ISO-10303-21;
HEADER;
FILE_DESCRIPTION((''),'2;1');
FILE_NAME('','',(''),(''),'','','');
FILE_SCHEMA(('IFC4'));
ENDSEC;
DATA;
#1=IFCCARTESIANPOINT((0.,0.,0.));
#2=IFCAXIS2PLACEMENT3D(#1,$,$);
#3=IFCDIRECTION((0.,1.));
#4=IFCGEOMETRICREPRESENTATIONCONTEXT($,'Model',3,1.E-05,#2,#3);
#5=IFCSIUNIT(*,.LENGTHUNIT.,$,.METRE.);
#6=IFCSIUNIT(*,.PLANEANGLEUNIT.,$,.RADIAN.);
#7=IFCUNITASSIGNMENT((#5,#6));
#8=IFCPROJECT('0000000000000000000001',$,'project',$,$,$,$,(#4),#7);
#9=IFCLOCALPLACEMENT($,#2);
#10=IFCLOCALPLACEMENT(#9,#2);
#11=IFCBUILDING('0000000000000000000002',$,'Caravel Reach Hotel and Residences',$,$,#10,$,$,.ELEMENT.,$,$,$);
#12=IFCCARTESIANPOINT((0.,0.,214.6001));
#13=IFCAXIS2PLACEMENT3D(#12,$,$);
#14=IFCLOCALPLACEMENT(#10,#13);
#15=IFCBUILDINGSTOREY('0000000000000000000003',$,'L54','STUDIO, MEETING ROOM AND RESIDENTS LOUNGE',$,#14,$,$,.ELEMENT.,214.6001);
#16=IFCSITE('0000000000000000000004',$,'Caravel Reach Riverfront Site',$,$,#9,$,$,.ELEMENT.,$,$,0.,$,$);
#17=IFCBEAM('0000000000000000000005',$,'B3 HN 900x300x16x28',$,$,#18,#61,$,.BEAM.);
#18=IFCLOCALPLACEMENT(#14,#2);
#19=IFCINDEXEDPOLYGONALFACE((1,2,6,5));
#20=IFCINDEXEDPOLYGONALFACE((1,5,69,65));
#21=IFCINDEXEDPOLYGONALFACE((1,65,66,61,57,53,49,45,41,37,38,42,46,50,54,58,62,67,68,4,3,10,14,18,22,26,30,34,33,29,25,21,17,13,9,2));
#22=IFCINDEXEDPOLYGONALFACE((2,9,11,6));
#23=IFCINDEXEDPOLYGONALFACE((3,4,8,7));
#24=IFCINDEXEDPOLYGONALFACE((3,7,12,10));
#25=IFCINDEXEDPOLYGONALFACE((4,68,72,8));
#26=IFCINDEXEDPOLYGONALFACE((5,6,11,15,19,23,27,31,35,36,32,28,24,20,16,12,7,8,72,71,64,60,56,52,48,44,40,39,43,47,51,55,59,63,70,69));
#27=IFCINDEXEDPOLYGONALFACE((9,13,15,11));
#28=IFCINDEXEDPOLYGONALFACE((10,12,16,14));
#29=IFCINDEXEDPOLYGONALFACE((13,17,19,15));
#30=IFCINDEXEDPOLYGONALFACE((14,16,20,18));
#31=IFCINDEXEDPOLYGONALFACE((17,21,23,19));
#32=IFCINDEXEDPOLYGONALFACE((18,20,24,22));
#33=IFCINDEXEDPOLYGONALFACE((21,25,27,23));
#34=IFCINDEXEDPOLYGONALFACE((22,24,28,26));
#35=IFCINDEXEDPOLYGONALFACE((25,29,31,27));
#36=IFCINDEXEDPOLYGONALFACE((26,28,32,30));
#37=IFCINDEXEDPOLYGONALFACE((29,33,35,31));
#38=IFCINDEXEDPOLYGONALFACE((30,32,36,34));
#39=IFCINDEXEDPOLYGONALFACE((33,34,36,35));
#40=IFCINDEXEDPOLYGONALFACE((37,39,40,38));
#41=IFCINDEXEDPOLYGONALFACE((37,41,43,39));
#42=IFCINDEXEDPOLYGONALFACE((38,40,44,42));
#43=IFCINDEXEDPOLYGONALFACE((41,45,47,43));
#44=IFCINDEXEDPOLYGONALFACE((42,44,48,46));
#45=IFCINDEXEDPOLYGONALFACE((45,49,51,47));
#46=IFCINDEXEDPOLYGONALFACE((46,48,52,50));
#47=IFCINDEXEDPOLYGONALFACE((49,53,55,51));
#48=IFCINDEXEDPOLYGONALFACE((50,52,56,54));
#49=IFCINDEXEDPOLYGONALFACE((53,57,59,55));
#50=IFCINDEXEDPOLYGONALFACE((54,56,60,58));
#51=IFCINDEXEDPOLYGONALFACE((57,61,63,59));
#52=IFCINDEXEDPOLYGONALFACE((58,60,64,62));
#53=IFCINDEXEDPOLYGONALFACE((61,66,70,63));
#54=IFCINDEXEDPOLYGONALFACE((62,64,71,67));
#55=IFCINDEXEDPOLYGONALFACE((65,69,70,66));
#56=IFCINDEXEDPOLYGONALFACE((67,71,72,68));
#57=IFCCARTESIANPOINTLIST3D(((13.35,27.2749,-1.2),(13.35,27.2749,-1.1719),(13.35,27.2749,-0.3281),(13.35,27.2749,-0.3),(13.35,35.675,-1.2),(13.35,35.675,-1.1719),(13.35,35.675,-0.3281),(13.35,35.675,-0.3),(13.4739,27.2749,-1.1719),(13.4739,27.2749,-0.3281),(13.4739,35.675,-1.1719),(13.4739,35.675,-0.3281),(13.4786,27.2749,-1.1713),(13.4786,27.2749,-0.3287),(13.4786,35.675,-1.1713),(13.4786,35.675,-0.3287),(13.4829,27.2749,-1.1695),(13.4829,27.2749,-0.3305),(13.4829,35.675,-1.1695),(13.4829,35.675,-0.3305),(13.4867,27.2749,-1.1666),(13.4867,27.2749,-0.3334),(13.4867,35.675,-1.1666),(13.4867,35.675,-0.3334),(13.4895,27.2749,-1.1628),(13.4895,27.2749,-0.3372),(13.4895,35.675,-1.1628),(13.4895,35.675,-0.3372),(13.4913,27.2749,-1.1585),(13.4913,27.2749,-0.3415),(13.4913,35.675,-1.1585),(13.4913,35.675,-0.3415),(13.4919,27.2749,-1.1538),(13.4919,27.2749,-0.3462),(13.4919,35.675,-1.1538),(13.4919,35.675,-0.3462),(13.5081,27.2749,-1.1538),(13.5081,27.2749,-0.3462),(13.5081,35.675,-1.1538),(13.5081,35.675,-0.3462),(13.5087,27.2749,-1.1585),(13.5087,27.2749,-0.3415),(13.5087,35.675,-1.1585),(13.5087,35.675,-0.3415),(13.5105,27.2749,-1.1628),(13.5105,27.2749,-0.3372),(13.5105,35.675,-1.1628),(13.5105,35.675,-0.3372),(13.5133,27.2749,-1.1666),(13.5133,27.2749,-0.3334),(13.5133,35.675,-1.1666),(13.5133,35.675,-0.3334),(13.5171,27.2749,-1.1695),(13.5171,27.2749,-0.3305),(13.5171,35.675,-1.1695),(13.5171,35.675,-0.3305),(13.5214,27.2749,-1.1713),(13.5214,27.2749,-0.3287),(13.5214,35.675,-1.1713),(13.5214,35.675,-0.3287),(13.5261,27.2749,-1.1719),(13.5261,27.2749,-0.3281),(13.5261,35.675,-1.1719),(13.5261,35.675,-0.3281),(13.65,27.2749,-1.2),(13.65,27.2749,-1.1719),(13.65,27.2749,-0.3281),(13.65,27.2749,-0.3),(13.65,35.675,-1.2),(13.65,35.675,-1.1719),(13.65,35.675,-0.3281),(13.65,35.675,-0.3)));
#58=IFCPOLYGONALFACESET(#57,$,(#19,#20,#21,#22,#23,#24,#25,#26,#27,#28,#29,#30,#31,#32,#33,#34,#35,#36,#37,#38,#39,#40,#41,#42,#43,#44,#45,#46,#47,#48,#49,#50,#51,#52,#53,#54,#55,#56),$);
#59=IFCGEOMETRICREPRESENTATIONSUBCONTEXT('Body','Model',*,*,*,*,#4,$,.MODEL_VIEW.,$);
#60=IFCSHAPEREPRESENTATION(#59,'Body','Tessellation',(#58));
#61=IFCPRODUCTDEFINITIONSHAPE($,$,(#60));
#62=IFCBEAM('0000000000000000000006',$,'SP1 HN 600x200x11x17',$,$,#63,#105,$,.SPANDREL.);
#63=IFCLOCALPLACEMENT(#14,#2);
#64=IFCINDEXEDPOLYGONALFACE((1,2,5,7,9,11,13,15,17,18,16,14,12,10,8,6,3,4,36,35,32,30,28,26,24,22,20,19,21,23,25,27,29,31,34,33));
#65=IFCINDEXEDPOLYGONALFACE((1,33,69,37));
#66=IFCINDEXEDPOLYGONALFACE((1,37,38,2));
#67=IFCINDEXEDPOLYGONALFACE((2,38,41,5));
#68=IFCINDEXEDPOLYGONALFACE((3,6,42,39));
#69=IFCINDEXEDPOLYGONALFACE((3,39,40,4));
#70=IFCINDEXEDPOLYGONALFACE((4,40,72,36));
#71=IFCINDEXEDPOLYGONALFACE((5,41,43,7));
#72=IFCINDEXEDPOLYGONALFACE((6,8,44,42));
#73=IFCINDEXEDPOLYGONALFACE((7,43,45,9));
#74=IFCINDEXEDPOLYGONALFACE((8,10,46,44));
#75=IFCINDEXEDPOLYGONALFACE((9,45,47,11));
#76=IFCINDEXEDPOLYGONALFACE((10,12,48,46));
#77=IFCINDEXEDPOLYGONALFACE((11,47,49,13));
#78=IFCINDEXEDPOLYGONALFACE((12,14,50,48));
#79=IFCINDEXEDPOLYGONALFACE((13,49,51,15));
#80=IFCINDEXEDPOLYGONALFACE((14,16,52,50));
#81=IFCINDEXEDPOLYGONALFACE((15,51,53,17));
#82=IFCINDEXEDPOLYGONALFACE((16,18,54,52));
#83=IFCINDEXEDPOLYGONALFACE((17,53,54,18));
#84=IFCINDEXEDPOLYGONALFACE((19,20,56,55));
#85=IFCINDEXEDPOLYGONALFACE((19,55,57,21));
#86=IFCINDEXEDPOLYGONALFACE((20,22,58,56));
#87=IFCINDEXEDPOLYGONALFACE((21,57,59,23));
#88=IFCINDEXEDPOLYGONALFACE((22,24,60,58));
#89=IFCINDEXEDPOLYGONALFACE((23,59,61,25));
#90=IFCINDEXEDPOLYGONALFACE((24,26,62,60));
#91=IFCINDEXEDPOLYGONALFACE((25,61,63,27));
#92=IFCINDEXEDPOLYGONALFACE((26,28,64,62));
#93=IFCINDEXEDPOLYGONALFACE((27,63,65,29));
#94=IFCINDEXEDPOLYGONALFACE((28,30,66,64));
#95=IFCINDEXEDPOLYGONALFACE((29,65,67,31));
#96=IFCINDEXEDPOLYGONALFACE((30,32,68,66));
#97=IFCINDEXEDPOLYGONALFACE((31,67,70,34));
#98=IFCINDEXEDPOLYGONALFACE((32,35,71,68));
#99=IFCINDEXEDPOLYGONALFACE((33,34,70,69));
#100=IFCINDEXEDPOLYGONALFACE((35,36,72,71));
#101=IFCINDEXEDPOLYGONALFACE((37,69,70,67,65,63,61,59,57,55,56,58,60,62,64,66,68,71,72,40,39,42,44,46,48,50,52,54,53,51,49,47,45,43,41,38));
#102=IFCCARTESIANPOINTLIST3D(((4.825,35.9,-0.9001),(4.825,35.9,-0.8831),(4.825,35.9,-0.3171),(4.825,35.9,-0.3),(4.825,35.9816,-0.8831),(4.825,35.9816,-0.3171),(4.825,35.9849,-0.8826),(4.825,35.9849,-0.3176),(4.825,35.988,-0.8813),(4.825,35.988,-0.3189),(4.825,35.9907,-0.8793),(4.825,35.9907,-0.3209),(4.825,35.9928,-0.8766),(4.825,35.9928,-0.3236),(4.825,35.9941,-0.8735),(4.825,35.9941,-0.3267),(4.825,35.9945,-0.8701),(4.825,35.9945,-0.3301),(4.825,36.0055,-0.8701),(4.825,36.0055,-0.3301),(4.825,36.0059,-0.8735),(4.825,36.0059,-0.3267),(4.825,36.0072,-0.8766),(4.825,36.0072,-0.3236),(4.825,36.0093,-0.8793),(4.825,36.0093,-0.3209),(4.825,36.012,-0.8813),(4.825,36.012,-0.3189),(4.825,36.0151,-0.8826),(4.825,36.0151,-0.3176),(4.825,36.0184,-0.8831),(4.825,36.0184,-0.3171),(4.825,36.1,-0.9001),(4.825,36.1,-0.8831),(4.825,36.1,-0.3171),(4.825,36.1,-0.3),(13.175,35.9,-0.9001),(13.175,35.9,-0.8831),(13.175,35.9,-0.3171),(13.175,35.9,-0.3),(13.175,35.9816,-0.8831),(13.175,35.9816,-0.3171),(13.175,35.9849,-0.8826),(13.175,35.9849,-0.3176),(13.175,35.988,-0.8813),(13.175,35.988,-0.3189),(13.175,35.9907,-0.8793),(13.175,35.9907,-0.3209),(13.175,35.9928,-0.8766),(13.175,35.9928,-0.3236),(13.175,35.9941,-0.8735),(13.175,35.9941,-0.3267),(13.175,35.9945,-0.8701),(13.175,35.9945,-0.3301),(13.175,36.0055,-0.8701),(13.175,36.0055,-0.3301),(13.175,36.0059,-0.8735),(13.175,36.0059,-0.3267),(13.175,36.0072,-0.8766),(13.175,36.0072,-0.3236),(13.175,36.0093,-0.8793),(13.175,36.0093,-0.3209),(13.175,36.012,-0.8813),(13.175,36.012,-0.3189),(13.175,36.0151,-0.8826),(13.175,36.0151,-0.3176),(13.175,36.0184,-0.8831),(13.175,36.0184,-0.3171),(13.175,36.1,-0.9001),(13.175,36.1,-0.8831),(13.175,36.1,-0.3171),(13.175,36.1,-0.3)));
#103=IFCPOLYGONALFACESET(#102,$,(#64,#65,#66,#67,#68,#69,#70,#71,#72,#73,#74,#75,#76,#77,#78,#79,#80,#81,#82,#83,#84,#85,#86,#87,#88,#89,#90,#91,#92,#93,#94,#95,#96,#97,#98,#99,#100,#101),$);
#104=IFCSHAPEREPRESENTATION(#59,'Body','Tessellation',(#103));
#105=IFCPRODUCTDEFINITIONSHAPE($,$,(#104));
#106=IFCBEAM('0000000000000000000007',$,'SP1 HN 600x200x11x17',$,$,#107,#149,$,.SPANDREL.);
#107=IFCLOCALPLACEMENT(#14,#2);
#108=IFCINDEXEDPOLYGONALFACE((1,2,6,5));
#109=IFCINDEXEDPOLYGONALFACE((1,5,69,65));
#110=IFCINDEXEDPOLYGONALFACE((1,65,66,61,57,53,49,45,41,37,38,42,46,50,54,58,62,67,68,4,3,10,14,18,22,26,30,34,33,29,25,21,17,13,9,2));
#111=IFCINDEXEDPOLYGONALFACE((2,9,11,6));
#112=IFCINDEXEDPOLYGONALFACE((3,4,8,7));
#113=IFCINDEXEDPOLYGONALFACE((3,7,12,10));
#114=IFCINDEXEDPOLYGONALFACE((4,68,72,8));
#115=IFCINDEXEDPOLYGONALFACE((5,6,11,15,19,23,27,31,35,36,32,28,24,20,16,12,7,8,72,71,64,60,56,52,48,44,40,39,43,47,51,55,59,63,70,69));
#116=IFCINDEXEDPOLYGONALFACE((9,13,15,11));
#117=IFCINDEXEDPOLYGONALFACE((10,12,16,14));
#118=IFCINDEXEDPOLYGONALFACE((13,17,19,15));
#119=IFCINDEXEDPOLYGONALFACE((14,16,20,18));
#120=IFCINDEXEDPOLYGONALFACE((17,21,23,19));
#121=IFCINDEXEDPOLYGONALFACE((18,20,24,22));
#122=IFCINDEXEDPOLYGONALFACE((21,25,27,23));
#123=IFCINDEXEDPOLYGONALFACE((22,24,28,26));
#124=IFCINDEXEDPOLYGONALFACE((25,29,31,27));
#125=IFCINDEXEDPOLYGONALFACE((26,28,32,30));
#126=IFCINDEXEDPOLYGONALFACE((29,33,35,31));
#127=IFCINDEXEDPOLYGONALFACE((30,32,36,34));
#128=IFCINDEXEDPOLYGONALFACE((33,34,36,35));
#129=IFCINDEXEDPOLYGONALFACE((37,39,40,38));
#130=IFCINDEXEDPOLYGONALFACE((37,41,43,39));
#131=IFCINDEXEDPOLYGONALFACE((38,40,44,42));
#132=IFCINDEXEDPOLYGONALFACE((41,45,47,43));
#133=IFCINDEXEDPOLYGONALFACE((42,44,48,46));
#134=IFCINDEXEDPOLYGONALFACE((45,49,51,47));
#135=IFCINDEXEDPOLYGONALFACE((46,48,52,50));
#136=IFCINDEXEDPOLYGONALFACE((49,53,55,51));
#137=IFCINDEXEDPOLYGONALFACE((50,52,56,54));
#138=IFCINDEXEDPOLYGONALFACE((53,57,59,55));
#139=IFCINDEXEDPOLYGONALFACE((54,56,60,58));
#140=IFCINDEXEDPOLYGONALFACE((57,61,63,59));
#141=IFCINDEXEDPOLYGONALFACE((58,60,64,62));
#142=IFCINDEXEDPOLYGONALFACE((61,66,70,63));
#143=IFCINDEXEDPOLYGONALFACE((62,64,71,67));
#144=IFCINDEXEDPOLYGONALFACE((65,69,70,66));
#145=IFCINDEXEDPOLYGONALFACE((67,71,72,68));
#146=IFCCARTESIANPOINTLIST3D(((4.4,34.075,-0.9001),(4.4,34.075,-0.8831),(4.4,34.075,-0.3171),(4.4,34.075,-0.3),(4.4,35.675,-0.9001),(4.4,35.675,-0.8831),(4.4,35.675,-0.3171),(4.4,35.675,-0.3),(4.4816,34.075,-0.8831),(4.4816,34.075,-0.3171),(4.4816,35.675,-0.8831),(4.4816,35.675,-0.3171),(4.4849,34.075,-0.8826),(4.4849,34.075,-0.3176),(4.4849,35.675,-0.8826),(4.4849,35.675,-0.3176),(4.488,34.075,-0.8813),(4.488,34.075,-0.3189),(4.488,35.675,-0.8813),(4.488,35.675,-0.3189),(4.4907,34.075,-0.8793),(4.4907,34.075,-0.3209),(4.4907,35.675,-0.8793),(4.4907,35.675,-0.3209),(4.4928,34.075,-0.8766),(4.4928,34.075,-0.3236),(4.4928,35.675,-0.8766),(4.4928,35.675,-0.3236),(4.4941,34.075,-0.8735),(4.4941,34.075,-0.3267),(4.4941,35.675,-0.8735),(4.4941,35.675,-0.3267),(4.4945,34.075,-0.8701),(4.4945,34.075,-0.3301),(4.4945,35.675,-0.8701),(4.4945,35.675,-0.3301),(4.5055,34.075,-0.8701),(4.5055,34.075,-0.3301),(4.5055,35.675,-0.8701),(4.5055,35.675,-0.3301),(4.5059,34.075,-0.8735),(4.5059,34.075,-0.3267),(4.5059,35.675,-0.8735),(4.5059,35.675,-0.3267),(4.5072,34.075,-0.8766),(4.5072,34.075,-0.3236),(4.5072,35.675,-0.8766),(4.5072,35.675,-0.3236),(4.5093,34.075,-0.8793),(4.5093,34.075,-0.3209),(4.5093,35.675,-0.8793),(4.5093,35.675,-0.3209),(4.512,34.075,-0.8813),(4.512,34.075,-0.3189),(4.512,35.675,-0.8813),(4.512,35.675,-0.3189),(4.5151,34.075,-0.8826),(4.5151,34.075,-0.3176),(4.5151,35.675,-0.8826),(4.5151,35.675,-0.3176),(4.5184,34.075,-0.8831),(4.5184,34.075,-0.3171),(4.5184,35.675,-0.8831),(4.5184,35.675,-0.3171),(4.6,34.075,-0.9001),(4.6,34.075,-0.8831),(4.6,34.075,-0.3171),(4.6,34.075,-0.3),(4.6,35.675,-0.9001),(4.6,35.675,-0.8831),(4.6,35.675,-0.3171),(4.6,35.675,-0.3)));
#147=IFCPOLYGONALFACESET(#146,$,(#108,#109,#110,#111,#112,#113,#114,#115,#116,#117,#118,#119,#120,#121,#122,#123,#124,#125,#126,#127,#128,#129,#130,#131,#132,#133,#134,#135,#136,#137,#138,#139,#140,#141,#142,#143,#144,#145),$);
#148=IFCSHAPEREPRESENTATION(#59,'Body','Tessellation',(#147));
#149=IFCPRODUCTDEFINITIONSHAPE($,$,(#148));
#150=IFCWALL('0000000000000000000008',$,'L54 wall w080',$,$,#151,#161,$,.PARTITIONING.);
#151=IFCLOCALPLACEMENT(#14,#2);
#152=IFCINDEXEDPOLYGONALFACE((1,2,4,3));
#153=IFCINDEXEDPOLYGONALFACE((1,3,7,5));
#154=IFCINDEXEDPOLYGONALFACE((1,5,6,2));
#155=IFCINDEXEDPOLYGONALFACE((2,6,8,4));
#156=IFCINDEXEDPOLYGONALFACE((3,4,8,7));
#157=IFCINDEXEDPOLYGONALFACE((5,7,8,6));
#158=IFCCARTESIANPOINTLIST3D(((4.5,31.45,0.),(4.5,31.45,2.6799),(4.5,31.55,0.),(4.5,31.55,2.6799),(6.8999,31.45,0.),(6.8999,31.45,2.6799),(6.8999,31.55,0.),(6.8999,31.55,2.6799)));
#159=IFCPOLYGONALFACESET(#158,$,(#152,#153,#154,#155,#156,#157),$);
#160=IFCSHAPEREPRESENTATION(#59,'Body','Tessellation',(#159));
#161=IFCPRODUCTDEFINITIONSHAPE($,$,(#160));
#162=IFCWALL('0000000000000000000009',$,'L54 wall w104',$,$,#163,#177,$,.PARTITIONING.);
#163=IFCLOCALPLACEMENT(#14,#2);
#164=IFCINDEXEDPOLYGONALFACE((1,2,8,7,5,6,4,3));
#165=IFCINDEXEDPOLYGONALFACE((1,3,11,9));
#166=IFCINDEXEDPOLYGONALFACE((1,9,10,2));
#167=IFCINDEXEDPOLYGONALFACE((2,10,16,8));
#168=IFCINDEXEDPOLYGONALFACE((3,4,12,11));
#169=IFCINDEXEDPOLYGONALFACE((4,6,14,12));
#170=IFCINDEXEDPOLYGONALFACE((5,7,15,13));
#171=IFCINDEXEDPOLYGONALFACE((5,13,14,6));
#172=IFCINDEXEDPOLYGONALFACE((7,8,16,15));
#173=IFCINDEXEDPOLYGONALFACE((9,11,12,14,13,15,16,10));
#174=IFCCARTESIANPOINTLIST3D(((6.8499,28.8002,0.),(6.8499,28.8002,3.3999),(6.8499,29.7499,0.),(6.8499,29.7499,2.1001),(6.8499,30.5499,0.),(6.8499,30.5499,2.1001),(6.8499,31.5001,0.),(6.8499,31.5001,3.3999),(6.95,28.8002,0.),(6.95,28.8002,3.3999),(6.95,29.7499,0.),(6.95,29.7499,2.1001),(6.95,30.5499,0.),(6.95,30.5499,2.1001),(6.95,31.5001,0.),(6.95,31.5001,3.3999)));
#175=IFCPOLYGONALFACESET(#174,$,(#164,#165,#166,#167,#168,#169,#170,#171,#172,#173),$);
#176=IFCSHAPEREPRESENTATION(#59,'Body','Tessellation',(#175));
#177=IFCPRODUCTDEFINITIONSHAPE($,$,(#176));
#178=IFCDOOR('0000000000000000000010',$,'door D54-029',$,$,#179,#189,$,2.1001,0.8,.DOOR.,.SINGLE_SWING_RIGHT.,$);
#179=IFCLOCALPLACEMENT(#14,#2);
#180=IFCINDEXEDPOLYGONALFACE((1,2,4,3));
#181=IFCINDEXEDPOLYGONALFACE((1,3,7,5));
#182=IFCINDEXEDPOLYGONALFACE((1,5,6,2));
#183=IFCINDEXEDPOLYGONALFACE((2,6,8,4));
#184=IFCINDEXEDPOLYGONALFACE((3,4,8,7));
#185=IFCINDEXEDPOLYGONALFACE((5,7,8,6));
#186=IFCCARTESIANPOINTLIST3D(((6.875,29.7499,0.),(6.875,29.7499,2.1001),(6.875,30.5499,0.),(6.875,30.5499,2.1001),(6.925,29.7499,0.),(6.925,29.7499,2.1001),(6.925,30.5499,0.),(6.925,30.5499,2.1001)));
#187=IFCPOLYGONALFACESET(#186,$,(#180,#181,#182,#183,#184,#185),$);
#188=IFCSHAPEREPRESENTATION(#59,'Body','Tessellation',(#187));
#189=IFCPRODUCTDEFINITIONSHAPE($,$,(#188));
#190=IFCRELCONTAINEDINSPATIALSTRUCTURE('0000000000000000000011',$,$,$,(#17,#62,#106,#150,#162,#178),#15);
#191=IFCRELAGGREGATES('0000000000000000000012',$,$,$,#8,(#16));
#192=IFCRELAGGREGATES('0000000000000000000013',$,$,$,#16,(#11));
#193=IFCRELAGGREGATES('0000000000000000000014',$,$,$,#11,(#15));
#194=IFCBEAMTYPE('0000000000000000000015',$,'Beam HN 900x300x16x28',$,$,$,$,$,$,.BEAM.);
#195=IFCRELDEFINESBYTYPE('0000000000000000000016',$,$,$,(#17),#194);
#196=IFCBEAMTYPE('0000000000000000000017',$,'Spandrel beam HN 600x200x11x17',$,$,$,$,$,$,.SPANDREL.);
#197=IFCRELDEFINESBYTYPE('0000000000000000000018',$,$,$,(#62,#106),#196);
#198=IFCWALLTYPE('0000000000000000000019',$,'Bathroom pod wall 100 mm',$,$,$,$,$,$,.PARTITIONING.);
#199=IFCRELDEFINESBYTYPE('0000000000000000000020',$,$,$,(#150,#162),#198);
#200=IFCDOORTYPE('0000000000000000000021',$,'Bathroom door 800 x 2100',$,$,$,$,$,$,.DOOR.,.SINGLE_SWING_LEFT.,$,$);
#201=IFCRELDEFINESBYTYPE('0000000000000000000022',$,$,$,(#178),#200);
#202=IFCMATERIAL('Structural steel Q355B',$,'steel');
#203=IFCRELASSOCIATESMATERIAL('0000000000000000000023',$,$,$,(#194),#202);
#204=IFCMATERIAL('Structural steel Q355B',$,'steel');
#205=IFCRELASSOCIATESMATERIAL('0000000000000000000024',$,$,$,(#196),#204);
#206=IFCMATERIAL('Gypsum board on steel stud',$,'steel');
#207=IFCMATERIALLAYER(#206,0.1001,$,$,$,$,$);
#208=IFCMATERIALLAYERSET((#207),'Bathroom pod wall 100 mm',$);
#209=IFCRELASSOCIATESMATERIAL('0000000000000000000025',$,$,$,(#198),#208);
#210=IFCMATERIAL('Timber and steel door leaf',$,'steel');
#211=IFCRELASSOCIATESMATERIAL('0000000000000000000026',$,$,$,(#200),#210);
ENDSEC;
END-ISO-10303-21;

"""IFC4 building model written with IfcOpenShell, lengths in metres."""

from ifc_helpers import new_model, si_unit, direction, frame, frame_2d, origin, origin_2d, place, context, subcontext, project, spatial, rectangle, i_section, extrude, material, layer, layer_set, material_profile, profile_set, type_object, element, fill, save


model = new_model("IFC4")

# Units and contexts
model_context = context("Model", 3, precision=1e-05, world=origin(), true_north=direction((0.0, 1.0)))
body_context = subcontext(model_context, "Body", "Model", "MODEL_VIEW")
ifc_project = project(units=[si_unit("LENGTHUNIT", "METRE"), si_unit("PLANEANGLEUNIT", "RADIAN")], contexts=[model_context])

# Site, building, storey
site_placement = place(None, origin())
site = spatial("IfcSite", under=ifc_project, at=site_placement, Name="Caravel Reach Riverfront Site", CompositionType="ELEMENT", RefElevation=0.0)
building_placement = place(site_placement, origin())
building = spatial("IfcBuilding", under=site, at=building_placement, Name="Caravel Reach Hotel and Residences", CompositionType="ELEMENT")
storey_placement = place(building_placement, frame((0.0, 0.0, 214.6001)))
storey = spatial("IfcBuildingStorey", under=building, at=storey_placement, Name="L54", Description="STUDIO, MEETING ROOM AND RESIDENTS LOUNGE", CompositionType="ELEMENT", Elevation=214.6001)

# Beams
ifc_material_1 = material(Name="Structural steel Q355B", Category="steel")
ifc_material_profile_1 = material_profile(ifc_material_1, i_section(OverallWidth=0.3, OverallDepth=0.8999, WebThickness=0.0161, FlangeThickness=0.0281, FilletRadius=0.0181, at=origin_2d()), Name="HN 900x300x16x28")
ifc_profile_set_1 = profile_set([ifc_material_profile_1], Name="Structural steel Q355B")
beam_type_1 = type_object("IfcBeamType", Name="Beam HN 900x300x16x28", PredefinedType="BEAM", material=ifc_profile_set_1)
beam_1_placement = place(storey_placement, frame((13.5, 27.2749, -0.75), z_axis=(0.0, 1.0, 0.0), x_axis=(-1.0, 0.0, 0.0)))
element("IfcBeam", 1, at=beam_1_placement, inside=storey, type_object=beam_type_1, Name="B3 HN 900x300x16x28", PredefinedType="BEAM", context=body_context, shape_type="SweptSolid", body=[
    extrude(i_section(OverallWidth=0.3, OverallDepth=0.8999, WebThickness=0.0161, FlangeThickness=0.0281, FilletRadius=0.0181, at=origin_2d()), origin(), (0.0, 0.0, 1.0), 8.4001),
])
ifc_material_2 = material(Name="Structural steel Q355B", Category="steel")
ifc_material_profile_2 = material_profile(ifc_material_2, i_section(OverallWidth=0.2, OverallDepth=0.6001, WebThickness=0.011, FlangeThickness=0.0171, FilletRadius=0.0129, at=origin_2d()), Name="HN 600x200x11x17")
ifc_profile_set_2 = profile_set([ifc_material_profile_2], Name="Structural steel Q355B")
beam_type_2 = type_object("IfcBeamType", Name="Spandrel beam HN 600x200x11x17", PredefinedType="SPANDREL", material=ifc_profile_set_2)
beam_2_placement = place(storey_placement, frame((13.175, 36.0, -0.6001), z_axis=(-1.0, 0.0, 0.0), x_axis=(0.0, -1.0, 0.0)))
element("IfcBeam", 2, at=beam_2_placement, inside=storey, type_object=beam_type_2, Name="SP1 HN 600x200x11x17", PredefinedType="SPANDREL", context=body_context, shape_type="SweptSolid", body=[
    extrude(i_section(OverallWidth=0.2, OverallDepth=0.6001, WebThickness=0.011, FlangeThickness=0.0171, FilletRadius=0.0129, at=origin_2d()), origin(), (0.0, 0.0, 1.0), 8.3501),
])
beam_3_placement = place(storey_placement, frame((4.5, 35.675, -0.6001), z_axis=(0.0, -1.0, 0.0), x_axis=(1.0, 0.0, 0.0)))
element("IfcBeam", 3, at=beam_3_placement, inside=storey, type_object=beam_type_2, Name="SP1 HN 600x200x11x17", PredefinedType="SPANDREL", context=body_context, shape_type="SweptSolid", body=[
    extrude(i_section(OverallWidth=0.2, OverallDepth=0.6001, WebThickness=0.011, FlangeThickness=0.0171, FilletRadius=0.0129, at=origin_2d()), origin(), (0.0, 0.0, 1.0), 1.6001),
])

# Wall
ifc_material_3 = material(Name="Gypsum board on steel stud", Category="steel")
ifc_layer_1 = layer(ifc_material_3, 0.1001)
ifc_layer_set_1 = layer_set([ifc_layer_1], Name="Bathroom pod wall 100 mm")
wall_type_1 = type_object("IfcWallType", Name="Bathroom pod wall 100 mm", PredefinedType="PARTITIONING", material=ifc_layer_set_1)
wall_1_placement = place(storey_placement, frame((4.5, 31.5, 0.0), z_axis=(0.0, 0.0, 1.0), x_axis=(1.0, 0.0, 0.0)))
element("IfcWall", 4, at=wall_1_placement, inside=storey, type_object=wall_type_1, Name="L54 wall w080", PredefinedType="PARTITIONING", context=body_context, shape_type="SweptSolid", body=[
    extrude(rectangle(XDim=2.3999, YDim=0.1001, at=frame_2d((1.2, 0.0))), origin(), (0.0, 0.0, 1.0), 2.6799),
])

# Wall, opening, door
wall_2_placement = place(storey_placement, frame((6.8999, 28.8, 0.0), z_axis=(0.0, 0.0, 1.0), x_axis=(0.0, 1.0, 0.0)))
wall_2 = element("IfcWall", 5, at=wall_2_placement, inside=storey, type_object=wall_type_1, Name="L54 wall w104", PredefinedType="PARTITIONING", context=body_context, shape_type="SweptSolid", body=[
    extrude(rectangle(XDim=2.7, YDim=0.1001, at=frame_2d((1.3501, 0.0))), origin(), (0.0, 0.0, 1.0), 3.3999),
])
opening_1_placement = place(wall_2_placement, frame((0.95, 0.0, 0.0)))
opening_1 = element("IfcOpeningElement", 6, at=opening_1_placement, cuts=wall_2, PredefinedType="OPENING", context=body_context, shape_type="SweptSolid", body=[
    extrude(rectangle(XDim=0.8, YDim=2.1001, at=frame_2d((0.3999, 1.05))), frame((0.0, 0.0601, 0.0), z_axis=(0.0, -1.0, 0.0), x_axis=(1.0, 0.0, 0.0)), (0.0, 0.0, 1.0), 0.1201),
])
ifc_material_4 = material(Name="Timber and steel door leaf", Category="steel")
door_type_1 = type_object("IfcDoorType", Name="Bathroom door 800 x 2100", OperationType="SINGLE_SWING_LEFT", PredefinedType="DOOR", material=ifc_material_4)
door_1_placement = place(opening_1_placement, origin())
door_1 = element("IfcDoor", 7, at=door_1_placement, inside=storey, type_object=door_type_1, Name="door D54-029", OperationType="SINGLE_SWING_RIGHT", OverallHeight=2.1001, OverallWidth=0.8, PredefinedType="DOOR", context=body_context, shape_type="SweptSolid", body=[
    extrude(rectangle(XDim=0.8, YDim=2.1001, at=frame_2d((0.3999, 1.05))), frame((0.0, 0.0249, 0.0), z_axis=(0.0, -1.0, 0.0), x_axis=(1.0, 0.0, 0.0)), (0.0, 0.0, 1.0), 0.05),
])
fill(opening_1, door_1)

save(model, "model.ifc")
